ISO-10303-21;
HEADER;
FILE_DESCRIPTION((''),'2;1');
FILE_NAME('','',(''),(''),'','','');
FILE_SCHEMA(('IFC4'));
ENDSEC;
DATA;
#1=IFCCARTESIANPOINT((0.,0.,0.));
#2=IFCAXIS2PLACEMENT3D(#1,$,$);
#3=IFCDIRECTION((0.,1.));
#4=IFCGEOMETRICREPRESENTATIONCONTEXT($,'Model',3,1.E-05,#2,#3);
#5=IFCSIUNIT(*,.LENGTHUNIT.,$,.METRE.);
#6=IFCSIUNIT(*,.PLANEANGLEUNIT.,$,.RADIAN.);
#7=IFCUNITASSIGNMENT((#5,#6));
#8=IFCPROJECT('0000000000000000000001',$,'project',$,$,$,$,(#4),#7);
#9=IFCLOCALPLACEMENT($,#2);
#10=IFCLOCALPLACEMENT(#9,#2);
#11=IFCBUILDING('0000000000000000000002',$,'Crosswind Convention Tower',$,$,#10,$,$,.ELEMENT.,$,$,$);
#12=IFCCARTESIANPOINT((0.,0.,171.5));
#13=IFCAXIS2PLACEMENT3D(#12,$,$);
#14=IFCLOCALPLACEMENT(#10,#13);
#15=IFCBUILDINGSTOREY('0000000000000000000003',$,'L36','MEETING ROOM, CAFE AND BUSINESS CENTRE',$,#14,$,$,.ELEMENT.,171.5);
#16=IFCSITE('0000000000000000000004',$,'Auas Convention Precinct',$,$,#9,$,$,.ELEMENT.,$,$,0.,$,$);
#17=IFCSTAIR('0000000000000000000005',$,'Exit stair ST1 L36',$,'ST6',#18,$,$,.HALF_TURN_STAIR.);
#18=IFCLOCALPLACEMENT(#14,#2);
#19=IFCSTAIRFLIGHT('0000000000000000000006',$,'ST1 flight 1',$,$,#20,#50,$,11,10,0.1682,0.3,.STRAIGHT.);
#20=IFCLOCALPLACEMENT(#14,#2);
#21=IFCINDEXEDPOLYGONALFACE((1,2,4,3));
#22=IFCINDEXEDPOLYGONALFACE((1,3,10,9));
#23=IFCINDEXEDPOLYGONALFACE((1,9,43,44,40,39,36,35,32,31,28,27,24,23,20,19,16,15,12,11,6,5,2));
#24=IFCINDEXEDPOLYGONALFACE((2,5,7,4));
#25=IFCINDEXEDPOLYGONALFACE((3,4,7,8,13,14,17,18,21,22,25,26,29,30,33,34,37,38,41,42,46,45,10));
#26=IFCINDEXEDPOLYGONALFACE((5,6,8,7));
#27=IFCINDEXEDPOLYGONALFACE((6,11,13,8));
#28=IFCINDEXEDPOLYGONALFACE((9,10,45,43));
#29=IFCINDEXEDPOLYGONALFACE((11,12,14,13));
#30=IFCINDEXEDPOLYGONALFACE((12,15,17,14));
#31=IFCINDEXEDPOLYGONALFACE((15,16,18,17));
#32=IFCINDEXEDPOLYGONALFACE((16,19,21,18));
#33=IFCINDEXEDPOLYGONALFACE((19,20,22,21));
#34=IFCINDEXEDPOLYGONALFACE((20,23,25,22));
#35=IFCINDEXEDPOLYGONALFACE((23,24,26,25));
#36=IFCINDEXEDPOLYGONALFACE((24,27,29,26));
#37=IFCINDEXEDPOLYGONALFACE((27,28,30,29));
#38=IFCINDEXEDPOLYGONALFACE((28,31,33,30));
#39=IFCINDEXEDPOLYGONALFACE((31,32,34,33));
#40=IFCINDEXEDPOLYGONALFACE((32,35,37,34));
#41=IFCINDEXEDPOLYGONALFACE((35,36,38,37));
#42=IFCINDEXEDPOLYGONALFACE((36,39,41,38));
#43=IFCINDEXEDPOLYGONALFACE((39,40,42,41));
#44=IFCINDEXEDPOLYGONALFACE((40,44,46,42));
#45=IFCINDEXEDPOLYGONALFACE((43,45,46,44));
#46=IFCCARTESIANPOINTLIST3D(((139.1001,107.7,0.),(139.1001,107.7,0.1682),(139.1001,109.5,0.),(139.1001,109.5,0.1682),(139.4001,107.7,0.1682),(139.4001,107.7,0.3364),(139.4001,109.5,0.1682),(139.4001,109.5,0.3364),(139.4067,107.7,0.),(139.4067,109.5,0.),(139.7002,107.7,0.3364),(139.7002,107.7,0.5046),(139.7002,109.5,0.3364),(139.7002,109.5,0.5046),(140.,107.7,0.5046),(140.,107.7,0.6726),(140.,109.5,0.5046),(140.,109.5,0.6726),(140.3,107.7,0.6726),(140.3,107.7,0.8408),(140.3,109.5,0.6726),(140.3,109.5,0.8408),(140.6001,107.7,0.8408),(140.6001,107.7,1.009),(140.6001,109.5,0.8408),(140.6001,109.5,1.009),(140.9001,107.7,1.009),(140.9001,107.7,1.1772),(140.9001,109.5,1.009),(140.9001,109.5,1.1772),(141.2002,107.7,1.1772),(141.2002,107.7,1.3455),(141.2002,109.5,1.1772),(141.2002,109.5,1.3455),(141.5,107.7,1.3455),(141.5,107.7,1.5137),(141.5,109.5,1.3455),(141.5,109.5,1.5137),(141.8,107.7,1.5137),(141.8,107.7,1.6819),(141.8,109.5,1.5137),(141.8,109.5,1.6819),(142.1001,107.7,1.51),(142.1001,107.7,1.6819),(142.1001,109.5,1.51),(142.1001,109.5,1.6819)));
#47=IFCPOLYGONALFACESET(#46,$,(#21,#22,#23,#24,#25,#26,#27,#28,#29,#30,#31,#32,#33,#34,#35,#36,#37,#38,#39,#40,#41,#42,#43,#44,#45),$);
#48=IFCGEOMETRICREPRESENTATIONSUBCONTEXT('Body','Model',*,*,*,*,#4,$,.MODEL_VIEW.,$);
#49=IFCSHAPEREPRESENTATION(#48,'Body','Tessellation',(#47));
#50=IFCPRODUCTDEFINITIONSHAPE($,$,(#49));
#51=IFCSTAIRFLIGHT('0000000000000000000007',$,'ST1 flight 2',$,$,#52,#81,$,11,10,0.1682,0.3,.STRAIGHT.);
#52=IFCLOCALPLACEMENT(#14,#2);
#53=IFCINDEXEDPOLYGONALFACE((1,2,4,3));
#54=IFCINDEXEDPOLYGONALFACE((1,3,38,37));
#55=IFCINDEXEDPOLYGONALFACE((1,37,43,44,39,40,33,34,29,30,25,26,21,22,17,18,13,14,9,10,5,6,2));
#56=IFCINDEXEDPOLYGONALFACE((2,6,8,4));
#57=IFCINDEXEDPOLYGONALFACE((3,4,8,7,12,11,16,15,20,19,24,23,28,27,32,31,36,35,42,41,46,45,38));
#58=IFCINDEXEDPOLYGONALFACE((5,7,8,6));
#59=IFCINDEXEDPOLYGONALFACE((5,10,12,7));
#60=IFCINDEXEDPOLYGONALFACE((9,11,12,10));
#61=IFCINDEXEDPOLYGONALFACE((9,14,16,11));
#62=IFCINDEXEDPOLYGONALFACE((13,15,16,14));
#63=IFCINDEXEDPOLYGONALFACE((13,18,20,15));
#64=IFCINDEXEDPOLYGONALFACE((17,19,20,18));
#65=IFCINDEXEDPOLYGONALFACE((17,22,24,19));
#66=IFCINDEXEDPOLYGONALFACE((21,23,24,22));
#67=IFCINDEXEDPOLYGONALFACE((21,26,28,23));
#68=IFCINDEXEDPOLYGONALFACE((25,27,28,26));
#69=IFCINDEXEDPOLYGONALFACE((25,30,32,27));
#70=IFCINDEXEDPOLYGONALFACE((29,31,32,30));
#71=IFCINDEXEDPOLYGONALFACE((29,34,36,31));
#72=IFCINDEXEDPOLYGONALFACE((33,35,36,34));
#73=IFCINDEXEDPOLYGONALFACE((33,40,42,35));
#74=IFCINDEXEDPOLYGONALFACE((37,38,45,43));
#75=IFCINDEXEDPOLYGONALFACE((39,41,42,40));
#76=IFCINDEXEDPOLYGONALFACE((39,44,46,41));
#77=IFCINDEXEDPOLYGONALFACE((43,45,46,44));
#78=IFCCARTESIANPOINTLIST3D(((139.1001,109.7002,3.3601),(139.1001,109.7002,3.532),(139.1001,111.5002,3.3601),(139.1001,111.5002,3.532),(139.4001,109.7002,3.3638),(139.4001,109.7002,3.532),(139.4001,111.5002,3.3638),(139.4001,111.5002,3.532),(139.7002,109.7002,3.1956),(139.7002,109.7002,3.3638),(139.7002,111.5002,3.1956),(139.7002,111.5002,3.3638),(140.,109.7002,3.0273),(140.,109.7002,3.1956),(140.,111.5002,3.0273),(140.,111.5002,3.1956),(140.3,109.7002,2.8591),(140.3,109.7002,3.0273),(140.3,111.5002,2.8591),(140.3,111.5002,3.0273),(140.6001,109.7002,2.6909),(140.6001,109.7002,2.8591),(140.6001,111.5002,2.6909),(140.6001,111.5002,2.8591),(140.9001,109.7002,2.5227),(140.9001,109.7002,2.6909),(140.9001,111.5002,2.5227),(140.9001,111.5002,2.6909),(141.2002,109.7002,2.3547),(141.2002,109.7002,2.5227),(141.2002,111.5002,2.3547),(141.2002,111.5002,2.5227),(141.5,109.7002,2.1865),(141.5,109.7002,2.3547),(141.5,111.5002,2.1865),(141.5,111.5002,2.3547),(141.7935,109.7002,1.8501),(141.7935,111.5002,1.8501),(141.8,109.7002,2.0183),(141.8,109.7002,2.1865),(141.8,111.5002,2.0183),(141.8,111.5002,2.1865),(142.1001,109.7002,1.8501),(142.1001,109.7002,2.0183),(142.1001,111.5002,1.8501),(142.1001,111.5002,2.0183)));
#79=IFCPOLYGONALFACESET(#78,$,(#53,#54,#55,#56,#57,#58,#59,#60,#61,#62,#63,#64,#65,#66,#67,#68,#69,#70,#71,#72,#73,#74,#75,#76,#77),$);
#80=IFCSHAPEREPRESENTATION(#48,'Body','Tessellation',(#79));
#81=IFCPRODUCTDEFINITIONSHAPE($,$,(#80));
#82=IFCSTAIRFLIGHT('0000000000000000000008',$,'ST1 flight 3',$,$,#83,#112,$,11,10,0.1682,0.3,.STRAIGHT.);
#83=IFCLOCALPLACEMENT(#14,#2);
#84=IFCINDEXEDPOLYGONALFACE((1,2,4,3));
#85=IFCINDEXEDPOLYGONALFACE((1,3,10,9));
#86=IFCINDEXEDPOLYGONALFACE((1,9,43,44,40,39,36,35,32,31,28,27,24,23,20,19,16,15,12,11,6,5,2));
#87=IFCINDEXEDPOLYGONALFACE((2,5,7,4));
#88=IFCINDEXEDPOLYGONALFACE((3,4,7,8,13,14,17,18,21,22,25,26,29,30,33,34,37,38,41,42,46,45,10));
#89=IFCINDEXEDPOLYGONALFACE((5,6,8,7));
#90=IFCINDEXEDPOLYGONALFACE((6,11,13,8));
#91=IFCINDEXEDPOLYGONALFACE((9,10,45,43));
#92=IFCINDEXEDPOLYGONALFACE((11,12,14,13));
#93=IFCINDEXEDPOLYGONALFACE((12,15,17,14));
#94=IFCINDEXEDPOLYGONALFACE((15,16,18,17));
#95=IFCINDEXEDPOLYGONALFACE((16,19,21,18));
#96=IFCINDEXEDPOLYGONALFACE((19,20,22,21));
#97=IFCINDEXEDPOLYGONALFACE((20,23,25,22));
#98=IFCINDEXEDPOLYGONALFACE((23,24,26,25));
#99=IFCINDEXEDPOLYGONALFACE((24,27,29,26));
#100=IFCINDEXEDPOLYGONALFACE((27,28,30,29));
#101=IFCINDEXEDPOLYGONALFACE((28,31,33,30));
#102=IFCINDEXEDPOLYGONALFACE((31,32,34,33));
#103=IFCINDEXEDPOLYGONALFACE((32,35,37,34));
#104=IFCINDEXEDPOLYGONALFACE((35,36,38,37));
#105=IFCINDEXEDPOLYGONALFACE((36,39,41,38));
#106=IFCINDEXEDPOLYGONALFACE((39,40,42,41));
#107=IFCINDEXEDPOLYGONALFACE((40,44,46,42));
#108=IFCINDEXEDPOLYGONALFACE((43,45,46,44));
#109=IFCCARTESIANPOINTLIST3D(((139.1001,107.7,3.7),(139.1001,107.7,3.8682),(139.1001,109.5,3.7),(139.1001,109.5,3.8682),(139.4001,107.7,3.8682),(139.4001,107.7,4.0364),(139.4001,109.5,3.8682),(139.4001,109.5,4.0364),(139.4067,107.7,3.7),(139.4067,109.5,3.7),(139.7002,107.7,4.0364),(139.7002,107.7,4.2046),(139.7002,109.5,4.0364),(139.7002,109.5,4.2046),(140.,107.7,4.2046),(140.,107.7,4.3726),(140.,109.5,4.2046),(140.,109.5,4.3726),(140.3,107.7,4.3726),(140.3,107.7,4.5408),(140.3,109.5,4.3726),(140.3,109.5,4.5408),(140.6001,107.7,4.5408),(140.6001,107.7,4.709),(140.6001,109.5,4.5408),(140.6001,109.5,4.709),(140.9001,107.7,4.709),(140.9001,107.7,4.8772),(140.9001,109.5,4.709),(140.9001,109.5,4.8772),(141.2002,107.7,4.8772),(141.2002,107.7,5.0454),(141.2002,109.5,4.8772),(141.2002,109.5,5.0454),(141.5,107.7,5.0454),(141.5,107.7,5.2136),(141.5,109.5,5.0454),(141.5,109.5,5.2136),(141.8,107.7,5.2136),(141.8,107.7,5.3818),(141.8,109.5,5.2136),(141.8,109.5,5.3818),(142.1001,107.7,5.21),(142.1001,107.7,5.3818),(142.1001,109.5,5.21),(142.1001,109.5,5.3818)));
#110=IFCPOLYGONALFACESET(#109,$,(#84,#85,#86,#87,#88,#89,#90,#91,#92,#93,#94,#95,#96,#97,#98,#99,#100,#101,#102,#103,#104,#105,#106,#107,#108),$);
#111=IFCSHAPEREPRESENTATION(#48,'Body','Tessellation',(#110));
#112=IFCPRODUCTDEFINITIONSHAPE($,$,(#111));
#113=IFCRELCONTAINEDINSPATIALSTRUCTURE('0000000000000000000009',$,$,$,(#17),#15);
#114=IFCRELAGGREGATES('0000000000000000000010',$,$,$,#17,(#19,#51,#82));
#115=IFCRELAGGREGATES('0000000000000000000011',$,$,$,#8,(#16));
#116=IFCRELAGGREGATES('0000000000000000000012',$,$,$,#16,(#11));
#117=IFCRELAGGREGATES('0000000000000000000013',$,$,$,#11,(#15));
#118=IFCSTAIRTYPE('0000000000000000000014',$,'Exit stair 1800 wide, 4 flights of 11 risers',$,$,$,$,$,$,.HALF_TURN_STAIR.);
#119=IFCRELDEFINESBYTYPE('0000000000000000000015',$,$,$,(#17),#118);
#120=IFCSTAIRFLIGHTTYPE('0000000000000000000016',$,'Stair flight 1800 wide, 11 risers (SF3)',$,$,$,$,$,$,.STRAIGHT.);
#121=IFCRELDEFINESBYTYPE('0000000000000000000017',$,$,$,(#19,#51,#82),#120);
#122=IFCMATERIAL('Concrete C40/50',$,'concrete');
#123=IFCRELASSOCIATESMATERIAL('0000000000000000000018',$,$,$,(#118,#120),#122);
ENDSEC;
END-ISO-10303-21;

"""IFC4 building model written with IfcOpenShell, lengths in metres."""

from ifc_helpers import new_model, si_unit, direction, frame, origin, place, context, subcontext, project, spatial, polyline, outline, extrude, material, type_object, element, aggregate, save


model = new_model("IFC4")

# Units and contexts
model_context = context("Model", 3, precision=1e-05, world=origin(), true_north=direction((0.0, 1.0)))
body_context = subcontext(model_context, "Body", "Model", "MODEL_VIEW")
ifc_project = project(units=[si_unit("LENGTHUNIT", "METRE"), si_unit("PLANEANGLEUNIT", "RADIAN")], contexts=[model_context])

# Site, building, storey
site_placement = place(None, origin())
site = spatial("IfcSite", under=ifc_project, at=site_placement, Name="Auas Convention Precinct", CompositionType="ELEMENT", RefElevation=0.0)
building_placement = place(site_placement, origin())
building = spatial("IfcBuilding", under=site, at=building_placement, Name="Crosswind Convention Tower", CompositionType="ELEMENT")
storey_placement = place(building_placement, frame((0.0, 0.0, 171.5)))
storey = spatial("IfcBuildingStorey", under=building, at=storey_placement, Name="L36", Description="MEETING ROOM, CAFE AND BUSINESS CENTRE", CompositionType="ELEMENT", Elevation=171.5)

# Stair, stair flights
ifc_material_1 = material(Name="Concrete C40/50", Category="concrete")
stair_type = type_object("IfcStairType", Name="Exit stair 1800 wide, 4 flights of 11 risers", PredefinedType="HALF_TURN_STAIR", material=ifc_material_1)
stair_placement = place(storey_placement, origin())
stair = element("IfcStair", 1, at=stair_placement, inside=storey, type_object=stair_type, Name="Exit stair ST1 L36", ObjectType="ST6", PredefinedType="HALF_TURN_STAIR")
stair_flight_type = type_object("IfcStairFlightType", Name="Stair flight 1800 wide, 11 risers (SF3)", PredefinedType="STRAIGHT", material=ifc_material_1)
stair_flight_1_placement = place(storey_placement, frame((139.1001, 108.6001, 0.0), z_axis=(0.0, 0.0, 1.0), x_axis=(1.0, 0.0, 0.0)))
stair_flight_1 = element("IfcStairFlight", 2, at=stair_flight_1_placement, type_object=stair_flight_type, Name="ST1 flight 1", NumberOfRisers=11, NumberOfTreads=10, PredefinedType="STRAIGHT", RiserHeight=0.1682, TreadLength=0.3, context=body_context, shape_type="SweptSolid", body=[
    extrude(outline(polyline([(0.0, 0.0), (0.0, 0.1682), (0.3, 0.1682), (0.3, 0.3364), (0.6001, 0.3364), (0.6001, 0.5046), (0.8999, 0.5046), (0.8999, 0.6726), (1.2, 0.6726), (1.2, 0.8408), (1.5, 0.8408), (1.5, 1.009), (1.8, 1.009), (1.8, 1.1772), (2.1001, 1.1772), (2.1001, 1.3455), (2.3999, 1.3455), (2.3999, 1.5137), (2.7, 1.5137), (2.7, 1.6819), (3.0, 1.6819), (3.0, 1.8501), (3.0, 1.51), (0.3066, 0.0), (0.0, 0.0)])), frame((0.0, 0.8999, 0.0), z_axis=(0.0, -1.0, 0.0), x_axis=(1.0, 0.0, 0.0)), (0.0, 0.0, 1.0), 1.8),
])
stair_flight_2_placement = place(storey_placement, frame((142.1001, 110.6001, 1.8501), z_axis=(0.0, 0.0, 1.0), x_axis=(-1.0, 0.0, 0.0)))
stair_flight_2 = element("IfcStairFlight", 3, at=stair_flight_2_placement, type_object=stair_flight_type, Name="ST1 flight 2", NumberOfRisers=11, NumberOfTreads=10, PredefinedType="STRAIGHT", RiserHeight=0.1682, TreadLength=0.3, context=body_context, shape_type="SweptSolid", body=[
    extrude(outline(polyline([(0.0, 0.0), (0.0, 0.1682), (0.3, 0.1682), (0.3, 0.3364), (0.6001, 0.3364), (0.6001, 0.5046), (0.8999, 0.5046), (0.8999, 0.6726), (1.2, 0.6726), (1.2, 0.8408), (1.5, 0.8408), (1.5, 1.009), (1.8, 1.009), (1.8, 1.1772), (2.1001, 1.1772), (2.1001, 1.3455), (2.3999, 1.3455), (2.3999, 1.5137), (2.7, 1.5137), (2.7, 1.6819), (3.0, 1.6819), (3.0, 1.8501), (3.0, 1.51), (0.3066, 0.0), (0.0, 0.0)])), frame((0.0, 0.8999, 0.0), z_axis=(0.0, -1.0, 0.0), x_axis=(1.0, 0.0, 0.0)), (0.0, 0.0, 1.0), 1.8),
])
stair_flight_3_placement = place(storey_placement, frame((139.1001, 108.6001, 3.7), z_axis=(0.0, 0.0, 1.0), x_axis=(1.0, 0.0, 0.0)))
stair_flight_3 = element("IfcStairFlight", 4, at=stair_flight_3_placement, type_object=stair_flight_type, Name="ST1 flight 3", NumberOfRisers=11, NumberOfTreads=10, PredefinedType="STRAIGHT", RiserHeight=0.1682, TreadLength=0.3, context=body_context, shape_type="SweptSolid", body=[
    extrude(outline(polyline([(0.0, 0.0), (0.0, 0.1682), (0.3, 0.1682), (0.3, 0.3364), (0.6001, 0.3364), (0.6001, 0.5046), (0.8999, 0.5046), (0.8999, 0.6726), (1.2, 0.6726), (1.2, 0.8408), (1.5, 0.8408), (1.5, 1.009), (1.8, 1.009), (1.8, 1.1772), (2.1001, 1.1772), (2.1001, 1.3455), (2.3999, 1.3455), (2.3999, 1.5137), (2.7, 1.5137), (2.7, 1.6819), (3.0, 1.6819), (3.0, 1.8501), (3.0, 1.51), (0.3066, 0.0), (0.0, 0.0)])), frame((0.0, 0.8999, 0.0), z_axis=(0.0, -1.0, 0.0), x_axis=(1.0, 0.0, 0.0)), (0.0, 0.0, 1.0), 1.8),
])
aggregate(stair, [stair_flight_1, stair_flight_2, stair_flight_3])

save(model, "model.ifc")
